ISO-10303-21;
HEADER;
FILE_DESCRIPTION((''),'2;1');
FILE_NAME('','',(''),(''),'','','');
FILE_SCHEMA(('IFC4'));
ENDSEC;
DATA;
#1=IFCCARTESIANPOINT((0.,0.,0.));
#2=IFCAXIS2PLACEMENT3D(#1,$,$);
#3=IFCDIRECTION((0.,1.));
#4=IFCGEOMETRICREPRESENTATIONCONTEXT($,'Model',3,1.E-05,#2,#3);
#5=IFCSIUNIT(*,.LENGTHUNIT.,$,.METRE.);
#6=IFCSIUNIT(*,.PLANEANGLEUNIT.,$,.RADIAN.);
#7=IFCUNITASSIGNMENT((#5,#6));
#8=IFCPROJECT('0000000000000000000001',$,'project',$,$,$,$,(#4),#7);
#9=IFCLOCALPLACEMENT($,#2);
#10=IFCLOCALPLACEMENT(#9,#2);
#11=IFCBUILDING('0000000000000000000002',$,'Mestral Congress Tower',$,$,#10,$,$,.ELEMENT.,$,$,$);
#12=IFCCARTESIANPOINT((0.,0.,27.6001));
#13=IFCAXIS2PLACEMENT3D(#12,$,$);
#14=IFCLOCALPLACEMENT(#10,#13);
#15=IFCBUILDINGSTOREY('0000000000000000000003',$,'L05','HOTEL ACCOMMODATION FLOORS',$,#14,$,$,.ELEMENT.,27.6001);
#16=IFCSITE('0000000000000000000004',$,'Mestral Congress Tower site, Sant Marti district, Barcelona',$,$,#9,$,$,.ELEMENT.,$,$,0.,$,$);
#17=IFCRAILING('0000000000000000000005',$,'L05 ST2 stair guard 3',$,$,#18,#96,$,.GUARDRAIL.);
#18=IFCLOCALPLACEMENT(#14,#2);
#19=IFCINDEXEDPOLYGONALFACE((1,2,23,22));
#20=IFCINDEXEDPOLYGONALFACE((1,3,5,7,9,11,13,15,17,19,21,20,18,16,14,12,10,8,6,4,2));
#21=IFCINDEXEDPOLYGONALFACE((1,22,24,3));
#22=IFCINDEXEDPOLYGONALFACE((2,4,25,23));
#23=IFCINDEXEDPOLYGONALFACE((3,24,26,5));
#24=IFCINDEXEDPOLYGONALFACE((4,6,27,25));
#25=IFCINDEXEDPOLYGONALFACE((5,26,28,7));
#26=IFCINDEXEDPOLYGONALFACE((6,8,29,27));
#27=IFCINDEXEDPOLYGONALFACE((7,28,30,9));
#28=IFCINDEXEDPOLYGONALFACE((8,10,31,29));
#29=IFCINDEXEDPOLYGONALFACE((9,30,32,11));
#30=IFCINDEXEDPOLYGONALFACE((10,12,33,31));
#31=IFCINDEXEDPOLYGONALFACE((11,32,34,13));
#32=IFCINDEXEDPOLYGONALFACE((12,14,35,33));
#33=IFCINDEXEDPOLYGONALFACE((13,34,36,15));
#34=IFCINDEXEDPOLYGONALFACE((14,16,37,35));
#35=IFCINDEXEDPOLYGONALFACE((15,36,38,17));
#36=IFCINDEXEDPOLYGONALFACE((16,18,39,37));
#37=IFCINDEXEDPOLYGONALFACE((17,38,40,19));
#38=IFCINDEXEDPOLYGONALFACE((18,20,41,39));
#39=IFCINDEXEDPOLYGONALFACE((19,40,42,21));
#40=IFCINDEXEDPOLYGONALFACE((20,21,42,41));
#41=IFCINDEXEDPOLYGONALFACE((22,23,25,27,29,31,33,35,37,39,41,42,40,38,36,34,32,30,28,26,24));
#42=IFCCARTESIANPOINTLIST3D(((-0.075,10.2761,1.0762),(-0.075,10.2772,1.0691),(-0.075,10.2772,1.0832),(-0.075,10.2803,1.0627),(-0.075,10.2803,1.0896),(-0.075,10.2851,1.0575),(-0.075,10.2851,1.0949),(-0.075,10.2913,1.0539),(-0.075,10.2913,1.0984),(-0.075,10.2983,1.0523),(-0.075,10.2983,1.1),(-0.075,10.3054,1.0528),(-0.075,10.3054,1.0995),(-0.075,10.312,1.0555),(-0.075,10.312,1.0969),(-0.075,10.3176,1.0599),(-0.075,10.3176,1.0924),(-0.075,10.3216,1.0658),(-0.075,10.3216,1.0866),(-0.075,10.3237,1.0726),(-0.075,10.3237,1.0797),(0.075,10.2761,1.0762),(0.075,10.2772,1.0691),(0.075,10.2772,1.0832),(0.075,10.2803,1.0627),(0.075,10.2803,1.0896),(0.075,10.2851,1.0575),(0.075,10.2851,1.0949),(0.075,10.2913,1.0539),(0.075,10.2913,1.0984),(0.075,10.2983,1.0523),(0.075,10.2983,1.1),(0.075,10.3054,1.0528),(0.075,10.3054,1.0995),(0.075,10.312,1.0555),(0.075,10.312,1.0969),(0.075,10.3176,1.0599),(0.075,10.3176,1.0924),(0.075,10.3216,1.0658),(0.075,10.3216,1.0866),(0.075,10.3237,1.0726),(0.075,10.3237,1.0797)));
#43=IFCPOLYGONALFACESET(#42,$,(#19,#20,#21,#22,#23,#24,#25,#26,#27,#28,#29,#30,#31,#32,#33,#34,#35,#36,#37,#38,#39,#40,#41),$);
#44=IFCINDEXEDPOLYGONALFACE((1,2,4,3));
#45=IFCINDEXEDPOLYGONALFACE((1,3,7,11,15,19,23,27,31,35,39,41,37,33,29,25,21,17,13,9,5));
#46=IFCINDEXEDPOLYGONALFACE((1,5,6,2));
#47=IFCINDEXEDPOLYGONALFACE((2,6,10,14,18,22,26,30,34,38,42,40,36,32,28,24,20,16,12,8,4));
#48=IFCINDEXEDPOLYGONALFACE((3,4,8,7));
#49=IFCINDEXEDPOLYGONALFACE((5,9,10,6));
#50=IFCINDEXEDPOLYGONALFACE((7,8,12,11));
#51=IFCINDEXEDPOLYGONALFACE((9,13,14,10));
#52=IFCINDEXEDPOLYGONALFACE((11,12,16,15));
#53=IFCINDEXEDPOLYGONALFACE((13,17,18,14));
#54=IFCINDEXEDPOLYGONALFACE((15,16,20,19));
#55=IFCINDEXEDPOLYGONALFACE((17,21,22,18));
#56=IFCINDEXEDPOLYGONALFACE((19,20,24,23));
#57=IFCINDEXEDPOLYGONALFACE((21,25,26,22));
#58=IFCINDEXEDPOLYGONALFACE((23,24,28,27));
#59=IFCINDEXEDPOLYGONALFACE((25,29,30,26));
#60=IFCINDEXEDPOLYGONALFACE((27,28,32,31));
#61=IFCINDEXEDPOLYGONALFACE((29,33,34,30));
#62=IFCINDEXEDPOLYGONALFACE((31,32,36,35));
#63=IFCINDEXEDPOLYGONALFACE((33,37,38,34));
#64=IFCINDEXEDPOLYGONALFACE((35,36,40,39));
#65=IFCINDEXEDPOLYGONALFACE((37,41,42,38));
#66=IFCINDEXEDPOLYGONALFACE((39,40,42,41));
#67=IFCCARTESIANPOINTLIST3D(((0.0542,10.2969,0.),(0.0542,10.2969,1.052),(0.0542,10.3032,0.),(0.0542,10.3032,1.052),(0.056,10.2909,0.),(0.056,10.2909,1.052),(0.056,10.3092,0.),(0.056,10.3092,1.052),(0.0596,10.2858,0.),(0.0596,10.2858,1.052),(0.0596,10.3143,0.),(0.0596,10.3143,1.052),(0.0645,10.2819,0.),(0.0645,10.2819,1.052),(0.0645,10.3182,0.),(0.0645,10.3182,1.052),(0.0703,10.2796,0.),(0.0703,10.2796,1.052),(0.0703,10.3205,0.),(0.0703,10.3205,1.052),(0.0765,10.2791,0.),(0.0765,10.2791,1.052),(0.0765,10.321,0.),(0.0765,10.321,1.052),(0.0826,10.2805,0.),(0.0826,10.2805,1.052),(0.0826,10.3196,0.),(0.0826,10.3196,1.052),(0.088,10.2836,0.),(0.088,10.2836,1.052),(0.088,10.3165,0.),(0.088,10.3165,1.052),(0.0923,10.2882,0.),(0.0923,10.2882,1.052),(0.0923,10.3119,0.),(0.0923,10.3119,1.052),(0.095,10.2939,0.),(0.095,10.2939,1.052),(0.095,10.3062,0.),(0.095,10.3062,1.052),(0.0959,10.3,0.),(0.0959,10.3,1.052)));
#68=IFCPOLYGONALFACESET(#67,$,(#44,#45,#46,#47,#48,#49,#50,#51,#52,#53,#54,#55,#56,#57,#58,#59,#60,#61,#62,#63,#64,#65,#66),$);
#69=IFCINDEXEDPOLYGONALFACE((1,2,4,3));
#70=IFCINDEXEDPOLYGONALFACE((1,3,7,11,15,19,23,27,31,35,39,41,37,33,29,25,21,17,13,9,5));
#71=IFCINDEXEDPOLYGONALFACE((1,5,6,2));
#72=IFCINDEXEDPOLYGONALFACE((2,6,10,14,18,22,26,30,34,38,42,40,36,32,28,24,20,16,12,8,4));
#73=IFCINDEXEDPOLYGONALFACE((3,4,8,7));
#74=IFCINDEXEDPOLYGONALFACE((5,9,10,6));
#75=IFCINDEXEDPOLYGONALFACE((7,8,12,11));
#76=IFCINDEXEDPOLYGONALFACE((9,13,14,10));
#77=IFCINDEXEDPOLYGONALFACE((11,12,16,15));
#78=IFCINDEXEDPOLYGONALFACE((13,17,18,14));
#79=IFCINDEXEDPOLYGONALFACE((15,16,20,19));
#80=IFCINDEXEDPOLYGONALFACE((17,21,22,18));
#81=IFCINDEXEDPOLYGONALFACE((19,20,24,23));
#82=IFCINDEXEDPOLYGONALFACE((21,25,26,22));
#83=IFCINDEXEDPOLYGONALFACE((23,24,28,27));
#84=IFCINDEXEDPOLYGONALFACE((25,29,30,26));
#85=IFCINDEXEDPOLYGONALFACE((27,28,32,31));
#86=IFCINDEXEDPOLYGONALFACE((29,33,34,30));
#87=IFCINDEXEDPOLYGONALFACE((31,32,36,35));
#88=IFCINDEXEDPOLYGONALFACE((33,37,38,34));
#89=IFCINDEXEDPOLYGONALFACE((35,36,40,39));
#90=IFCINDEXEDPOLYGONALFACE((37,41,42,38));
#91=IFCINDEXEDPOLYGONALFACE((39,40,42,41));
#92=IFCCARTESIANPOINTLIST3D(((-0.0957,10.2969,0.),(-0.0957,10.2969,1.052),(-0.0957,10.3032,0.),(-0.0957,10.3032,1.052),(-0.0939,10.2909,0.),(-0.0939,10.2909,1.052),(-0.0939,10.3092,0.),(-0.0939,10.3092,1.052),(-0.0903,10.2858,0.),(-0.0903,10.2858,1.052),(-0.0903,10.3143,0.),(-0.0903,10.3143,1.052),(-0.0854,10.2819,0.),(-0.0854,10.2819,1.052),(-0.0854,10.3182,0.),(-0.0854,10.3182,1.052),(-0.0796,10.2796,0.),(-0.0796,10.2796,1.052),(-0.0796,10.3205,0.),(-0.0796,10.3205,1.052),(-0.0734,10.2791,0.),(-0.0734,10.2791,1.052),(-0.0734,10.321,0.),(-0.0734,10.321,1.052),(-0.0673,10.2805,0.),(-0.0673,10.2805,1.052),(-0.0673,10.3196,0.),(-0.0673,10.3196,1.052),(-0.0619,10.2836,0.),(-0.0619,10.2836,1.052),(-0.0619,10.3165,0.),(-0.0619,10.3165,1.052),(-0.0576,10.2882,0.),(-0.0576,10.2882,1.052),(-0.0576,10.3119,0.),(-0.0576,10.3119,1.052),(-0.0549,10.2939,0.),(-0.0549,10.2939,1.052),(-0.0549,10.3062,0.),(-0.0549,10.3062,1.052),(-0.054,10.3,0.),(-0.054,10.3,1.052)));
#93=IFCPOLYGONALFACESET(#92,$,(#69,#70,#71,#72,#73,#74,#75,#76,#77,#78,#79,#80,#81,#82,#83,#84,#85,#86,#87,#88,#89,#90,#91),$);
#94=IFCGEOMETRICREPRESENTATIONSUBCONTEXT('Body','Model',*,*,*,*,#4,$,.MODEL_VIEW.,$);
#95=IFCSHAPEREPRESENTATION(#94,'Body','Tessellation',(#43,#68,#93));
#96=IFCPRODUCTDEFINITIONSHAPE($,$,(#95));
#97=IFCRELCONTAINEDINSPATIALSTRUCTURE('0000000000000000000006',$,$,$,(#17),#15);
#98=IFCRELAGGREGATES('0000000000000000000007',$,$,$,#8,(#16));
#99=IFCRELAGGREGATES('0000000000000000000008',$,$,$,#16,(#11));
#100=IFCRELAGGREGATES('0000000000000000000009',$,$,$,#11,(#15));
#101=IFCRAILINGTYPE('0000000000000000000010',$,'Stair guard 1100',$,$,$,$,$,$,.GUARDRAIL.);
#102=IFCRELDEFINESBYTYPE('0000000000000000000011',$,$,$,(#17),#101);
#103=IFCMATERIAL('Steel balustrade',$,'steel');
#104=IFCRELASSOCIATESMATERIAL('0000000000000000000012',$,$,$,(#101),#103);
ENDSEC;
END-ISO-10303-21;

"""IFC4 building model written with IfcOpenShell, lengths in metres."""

from ifc_helpers import new_model, si_unit, direction, frame, origin, origin_2d, place, context, subcontext, project, spatial, circle, extrude, material, type_object, element, save


model = new_model("IFC4")

# Units and contexts
model_context = context("Model", 3, precision=1e-05, world=origin(), true_north=direction((0.0, 1.0)))
body_context = subcontext(model_context, "Body", "Model", "MODEL_VIEW")
ifc_project = project(units=[si_unit("LENGTHUNIT", "METRE"), si_unit("PLANEANGLEUNIT", "RADIAN")], contexts=[model_context])

# Site, building, storey
site_placement = place(None, origin())
site = spatial("IfcSite", under=ifc_project, at=site_placement, Name="Mestral Congress Tower site, Sant Marti district, Barcelona", CompositionType="ELEMENT", RefElevation=0.0)
building_placement = place(site_placement, origin())
building = spatial("IfcBuilding", under=site, at=building_placement, Name="Mestral Congress Tower", CompositionType="ELEMENT")
storey_placement = place(building_placement, frame((0.0, 0.0, 27.6001)))
storey = spatial("IfcBuildingStorey", under=building, at=storey_placement, Name="L05", Description="HOTEL ACCOMMODATION FLOORS", CompositionType="ELEMENT", Elevation=27.6001)

# Railing
ifc_material_1 = material(Name="Steel balustrade", Category="steel")
railing_type_1 = type_object("IfcRailingType", Name="Stair guard 1100", PredefinedType="GUARDRAIL", material=ifc_material_1)
railing_1_placement = place(storey_placement, frame((0.075, 10.3, 0.0)))
element("IfcRailing", 1, at=railing_1_placement, inside=storey, type_object=railing_type_1, Name="L05 ST2 stair guard 3", PredefinedType="GUARDRAIL", context=body_context, shape_type="SweptSolid", body=[
    extrude(circle(Radius=0.0239, at=origin_2d()), frame((0.0, 0.0, 1.0762), z_axis=(-1.0, 0.0, 0.0), x_axis=(0.0, -1.0, 0.0)), (0.0, 0.0, 1.0), 0.1499),
    extrude(circle(Radius=0.021, at=origin_2d()), origin(), (0.0, 0.0, 1.0), 1.052),
    extrude(circle(Radius=0.021, at=origin_2d()), frame((-0.1499, 0.0, 0.0)), (0.0, 0.0, 1.0), 1.052),
])

save(model, "model.ifc")
